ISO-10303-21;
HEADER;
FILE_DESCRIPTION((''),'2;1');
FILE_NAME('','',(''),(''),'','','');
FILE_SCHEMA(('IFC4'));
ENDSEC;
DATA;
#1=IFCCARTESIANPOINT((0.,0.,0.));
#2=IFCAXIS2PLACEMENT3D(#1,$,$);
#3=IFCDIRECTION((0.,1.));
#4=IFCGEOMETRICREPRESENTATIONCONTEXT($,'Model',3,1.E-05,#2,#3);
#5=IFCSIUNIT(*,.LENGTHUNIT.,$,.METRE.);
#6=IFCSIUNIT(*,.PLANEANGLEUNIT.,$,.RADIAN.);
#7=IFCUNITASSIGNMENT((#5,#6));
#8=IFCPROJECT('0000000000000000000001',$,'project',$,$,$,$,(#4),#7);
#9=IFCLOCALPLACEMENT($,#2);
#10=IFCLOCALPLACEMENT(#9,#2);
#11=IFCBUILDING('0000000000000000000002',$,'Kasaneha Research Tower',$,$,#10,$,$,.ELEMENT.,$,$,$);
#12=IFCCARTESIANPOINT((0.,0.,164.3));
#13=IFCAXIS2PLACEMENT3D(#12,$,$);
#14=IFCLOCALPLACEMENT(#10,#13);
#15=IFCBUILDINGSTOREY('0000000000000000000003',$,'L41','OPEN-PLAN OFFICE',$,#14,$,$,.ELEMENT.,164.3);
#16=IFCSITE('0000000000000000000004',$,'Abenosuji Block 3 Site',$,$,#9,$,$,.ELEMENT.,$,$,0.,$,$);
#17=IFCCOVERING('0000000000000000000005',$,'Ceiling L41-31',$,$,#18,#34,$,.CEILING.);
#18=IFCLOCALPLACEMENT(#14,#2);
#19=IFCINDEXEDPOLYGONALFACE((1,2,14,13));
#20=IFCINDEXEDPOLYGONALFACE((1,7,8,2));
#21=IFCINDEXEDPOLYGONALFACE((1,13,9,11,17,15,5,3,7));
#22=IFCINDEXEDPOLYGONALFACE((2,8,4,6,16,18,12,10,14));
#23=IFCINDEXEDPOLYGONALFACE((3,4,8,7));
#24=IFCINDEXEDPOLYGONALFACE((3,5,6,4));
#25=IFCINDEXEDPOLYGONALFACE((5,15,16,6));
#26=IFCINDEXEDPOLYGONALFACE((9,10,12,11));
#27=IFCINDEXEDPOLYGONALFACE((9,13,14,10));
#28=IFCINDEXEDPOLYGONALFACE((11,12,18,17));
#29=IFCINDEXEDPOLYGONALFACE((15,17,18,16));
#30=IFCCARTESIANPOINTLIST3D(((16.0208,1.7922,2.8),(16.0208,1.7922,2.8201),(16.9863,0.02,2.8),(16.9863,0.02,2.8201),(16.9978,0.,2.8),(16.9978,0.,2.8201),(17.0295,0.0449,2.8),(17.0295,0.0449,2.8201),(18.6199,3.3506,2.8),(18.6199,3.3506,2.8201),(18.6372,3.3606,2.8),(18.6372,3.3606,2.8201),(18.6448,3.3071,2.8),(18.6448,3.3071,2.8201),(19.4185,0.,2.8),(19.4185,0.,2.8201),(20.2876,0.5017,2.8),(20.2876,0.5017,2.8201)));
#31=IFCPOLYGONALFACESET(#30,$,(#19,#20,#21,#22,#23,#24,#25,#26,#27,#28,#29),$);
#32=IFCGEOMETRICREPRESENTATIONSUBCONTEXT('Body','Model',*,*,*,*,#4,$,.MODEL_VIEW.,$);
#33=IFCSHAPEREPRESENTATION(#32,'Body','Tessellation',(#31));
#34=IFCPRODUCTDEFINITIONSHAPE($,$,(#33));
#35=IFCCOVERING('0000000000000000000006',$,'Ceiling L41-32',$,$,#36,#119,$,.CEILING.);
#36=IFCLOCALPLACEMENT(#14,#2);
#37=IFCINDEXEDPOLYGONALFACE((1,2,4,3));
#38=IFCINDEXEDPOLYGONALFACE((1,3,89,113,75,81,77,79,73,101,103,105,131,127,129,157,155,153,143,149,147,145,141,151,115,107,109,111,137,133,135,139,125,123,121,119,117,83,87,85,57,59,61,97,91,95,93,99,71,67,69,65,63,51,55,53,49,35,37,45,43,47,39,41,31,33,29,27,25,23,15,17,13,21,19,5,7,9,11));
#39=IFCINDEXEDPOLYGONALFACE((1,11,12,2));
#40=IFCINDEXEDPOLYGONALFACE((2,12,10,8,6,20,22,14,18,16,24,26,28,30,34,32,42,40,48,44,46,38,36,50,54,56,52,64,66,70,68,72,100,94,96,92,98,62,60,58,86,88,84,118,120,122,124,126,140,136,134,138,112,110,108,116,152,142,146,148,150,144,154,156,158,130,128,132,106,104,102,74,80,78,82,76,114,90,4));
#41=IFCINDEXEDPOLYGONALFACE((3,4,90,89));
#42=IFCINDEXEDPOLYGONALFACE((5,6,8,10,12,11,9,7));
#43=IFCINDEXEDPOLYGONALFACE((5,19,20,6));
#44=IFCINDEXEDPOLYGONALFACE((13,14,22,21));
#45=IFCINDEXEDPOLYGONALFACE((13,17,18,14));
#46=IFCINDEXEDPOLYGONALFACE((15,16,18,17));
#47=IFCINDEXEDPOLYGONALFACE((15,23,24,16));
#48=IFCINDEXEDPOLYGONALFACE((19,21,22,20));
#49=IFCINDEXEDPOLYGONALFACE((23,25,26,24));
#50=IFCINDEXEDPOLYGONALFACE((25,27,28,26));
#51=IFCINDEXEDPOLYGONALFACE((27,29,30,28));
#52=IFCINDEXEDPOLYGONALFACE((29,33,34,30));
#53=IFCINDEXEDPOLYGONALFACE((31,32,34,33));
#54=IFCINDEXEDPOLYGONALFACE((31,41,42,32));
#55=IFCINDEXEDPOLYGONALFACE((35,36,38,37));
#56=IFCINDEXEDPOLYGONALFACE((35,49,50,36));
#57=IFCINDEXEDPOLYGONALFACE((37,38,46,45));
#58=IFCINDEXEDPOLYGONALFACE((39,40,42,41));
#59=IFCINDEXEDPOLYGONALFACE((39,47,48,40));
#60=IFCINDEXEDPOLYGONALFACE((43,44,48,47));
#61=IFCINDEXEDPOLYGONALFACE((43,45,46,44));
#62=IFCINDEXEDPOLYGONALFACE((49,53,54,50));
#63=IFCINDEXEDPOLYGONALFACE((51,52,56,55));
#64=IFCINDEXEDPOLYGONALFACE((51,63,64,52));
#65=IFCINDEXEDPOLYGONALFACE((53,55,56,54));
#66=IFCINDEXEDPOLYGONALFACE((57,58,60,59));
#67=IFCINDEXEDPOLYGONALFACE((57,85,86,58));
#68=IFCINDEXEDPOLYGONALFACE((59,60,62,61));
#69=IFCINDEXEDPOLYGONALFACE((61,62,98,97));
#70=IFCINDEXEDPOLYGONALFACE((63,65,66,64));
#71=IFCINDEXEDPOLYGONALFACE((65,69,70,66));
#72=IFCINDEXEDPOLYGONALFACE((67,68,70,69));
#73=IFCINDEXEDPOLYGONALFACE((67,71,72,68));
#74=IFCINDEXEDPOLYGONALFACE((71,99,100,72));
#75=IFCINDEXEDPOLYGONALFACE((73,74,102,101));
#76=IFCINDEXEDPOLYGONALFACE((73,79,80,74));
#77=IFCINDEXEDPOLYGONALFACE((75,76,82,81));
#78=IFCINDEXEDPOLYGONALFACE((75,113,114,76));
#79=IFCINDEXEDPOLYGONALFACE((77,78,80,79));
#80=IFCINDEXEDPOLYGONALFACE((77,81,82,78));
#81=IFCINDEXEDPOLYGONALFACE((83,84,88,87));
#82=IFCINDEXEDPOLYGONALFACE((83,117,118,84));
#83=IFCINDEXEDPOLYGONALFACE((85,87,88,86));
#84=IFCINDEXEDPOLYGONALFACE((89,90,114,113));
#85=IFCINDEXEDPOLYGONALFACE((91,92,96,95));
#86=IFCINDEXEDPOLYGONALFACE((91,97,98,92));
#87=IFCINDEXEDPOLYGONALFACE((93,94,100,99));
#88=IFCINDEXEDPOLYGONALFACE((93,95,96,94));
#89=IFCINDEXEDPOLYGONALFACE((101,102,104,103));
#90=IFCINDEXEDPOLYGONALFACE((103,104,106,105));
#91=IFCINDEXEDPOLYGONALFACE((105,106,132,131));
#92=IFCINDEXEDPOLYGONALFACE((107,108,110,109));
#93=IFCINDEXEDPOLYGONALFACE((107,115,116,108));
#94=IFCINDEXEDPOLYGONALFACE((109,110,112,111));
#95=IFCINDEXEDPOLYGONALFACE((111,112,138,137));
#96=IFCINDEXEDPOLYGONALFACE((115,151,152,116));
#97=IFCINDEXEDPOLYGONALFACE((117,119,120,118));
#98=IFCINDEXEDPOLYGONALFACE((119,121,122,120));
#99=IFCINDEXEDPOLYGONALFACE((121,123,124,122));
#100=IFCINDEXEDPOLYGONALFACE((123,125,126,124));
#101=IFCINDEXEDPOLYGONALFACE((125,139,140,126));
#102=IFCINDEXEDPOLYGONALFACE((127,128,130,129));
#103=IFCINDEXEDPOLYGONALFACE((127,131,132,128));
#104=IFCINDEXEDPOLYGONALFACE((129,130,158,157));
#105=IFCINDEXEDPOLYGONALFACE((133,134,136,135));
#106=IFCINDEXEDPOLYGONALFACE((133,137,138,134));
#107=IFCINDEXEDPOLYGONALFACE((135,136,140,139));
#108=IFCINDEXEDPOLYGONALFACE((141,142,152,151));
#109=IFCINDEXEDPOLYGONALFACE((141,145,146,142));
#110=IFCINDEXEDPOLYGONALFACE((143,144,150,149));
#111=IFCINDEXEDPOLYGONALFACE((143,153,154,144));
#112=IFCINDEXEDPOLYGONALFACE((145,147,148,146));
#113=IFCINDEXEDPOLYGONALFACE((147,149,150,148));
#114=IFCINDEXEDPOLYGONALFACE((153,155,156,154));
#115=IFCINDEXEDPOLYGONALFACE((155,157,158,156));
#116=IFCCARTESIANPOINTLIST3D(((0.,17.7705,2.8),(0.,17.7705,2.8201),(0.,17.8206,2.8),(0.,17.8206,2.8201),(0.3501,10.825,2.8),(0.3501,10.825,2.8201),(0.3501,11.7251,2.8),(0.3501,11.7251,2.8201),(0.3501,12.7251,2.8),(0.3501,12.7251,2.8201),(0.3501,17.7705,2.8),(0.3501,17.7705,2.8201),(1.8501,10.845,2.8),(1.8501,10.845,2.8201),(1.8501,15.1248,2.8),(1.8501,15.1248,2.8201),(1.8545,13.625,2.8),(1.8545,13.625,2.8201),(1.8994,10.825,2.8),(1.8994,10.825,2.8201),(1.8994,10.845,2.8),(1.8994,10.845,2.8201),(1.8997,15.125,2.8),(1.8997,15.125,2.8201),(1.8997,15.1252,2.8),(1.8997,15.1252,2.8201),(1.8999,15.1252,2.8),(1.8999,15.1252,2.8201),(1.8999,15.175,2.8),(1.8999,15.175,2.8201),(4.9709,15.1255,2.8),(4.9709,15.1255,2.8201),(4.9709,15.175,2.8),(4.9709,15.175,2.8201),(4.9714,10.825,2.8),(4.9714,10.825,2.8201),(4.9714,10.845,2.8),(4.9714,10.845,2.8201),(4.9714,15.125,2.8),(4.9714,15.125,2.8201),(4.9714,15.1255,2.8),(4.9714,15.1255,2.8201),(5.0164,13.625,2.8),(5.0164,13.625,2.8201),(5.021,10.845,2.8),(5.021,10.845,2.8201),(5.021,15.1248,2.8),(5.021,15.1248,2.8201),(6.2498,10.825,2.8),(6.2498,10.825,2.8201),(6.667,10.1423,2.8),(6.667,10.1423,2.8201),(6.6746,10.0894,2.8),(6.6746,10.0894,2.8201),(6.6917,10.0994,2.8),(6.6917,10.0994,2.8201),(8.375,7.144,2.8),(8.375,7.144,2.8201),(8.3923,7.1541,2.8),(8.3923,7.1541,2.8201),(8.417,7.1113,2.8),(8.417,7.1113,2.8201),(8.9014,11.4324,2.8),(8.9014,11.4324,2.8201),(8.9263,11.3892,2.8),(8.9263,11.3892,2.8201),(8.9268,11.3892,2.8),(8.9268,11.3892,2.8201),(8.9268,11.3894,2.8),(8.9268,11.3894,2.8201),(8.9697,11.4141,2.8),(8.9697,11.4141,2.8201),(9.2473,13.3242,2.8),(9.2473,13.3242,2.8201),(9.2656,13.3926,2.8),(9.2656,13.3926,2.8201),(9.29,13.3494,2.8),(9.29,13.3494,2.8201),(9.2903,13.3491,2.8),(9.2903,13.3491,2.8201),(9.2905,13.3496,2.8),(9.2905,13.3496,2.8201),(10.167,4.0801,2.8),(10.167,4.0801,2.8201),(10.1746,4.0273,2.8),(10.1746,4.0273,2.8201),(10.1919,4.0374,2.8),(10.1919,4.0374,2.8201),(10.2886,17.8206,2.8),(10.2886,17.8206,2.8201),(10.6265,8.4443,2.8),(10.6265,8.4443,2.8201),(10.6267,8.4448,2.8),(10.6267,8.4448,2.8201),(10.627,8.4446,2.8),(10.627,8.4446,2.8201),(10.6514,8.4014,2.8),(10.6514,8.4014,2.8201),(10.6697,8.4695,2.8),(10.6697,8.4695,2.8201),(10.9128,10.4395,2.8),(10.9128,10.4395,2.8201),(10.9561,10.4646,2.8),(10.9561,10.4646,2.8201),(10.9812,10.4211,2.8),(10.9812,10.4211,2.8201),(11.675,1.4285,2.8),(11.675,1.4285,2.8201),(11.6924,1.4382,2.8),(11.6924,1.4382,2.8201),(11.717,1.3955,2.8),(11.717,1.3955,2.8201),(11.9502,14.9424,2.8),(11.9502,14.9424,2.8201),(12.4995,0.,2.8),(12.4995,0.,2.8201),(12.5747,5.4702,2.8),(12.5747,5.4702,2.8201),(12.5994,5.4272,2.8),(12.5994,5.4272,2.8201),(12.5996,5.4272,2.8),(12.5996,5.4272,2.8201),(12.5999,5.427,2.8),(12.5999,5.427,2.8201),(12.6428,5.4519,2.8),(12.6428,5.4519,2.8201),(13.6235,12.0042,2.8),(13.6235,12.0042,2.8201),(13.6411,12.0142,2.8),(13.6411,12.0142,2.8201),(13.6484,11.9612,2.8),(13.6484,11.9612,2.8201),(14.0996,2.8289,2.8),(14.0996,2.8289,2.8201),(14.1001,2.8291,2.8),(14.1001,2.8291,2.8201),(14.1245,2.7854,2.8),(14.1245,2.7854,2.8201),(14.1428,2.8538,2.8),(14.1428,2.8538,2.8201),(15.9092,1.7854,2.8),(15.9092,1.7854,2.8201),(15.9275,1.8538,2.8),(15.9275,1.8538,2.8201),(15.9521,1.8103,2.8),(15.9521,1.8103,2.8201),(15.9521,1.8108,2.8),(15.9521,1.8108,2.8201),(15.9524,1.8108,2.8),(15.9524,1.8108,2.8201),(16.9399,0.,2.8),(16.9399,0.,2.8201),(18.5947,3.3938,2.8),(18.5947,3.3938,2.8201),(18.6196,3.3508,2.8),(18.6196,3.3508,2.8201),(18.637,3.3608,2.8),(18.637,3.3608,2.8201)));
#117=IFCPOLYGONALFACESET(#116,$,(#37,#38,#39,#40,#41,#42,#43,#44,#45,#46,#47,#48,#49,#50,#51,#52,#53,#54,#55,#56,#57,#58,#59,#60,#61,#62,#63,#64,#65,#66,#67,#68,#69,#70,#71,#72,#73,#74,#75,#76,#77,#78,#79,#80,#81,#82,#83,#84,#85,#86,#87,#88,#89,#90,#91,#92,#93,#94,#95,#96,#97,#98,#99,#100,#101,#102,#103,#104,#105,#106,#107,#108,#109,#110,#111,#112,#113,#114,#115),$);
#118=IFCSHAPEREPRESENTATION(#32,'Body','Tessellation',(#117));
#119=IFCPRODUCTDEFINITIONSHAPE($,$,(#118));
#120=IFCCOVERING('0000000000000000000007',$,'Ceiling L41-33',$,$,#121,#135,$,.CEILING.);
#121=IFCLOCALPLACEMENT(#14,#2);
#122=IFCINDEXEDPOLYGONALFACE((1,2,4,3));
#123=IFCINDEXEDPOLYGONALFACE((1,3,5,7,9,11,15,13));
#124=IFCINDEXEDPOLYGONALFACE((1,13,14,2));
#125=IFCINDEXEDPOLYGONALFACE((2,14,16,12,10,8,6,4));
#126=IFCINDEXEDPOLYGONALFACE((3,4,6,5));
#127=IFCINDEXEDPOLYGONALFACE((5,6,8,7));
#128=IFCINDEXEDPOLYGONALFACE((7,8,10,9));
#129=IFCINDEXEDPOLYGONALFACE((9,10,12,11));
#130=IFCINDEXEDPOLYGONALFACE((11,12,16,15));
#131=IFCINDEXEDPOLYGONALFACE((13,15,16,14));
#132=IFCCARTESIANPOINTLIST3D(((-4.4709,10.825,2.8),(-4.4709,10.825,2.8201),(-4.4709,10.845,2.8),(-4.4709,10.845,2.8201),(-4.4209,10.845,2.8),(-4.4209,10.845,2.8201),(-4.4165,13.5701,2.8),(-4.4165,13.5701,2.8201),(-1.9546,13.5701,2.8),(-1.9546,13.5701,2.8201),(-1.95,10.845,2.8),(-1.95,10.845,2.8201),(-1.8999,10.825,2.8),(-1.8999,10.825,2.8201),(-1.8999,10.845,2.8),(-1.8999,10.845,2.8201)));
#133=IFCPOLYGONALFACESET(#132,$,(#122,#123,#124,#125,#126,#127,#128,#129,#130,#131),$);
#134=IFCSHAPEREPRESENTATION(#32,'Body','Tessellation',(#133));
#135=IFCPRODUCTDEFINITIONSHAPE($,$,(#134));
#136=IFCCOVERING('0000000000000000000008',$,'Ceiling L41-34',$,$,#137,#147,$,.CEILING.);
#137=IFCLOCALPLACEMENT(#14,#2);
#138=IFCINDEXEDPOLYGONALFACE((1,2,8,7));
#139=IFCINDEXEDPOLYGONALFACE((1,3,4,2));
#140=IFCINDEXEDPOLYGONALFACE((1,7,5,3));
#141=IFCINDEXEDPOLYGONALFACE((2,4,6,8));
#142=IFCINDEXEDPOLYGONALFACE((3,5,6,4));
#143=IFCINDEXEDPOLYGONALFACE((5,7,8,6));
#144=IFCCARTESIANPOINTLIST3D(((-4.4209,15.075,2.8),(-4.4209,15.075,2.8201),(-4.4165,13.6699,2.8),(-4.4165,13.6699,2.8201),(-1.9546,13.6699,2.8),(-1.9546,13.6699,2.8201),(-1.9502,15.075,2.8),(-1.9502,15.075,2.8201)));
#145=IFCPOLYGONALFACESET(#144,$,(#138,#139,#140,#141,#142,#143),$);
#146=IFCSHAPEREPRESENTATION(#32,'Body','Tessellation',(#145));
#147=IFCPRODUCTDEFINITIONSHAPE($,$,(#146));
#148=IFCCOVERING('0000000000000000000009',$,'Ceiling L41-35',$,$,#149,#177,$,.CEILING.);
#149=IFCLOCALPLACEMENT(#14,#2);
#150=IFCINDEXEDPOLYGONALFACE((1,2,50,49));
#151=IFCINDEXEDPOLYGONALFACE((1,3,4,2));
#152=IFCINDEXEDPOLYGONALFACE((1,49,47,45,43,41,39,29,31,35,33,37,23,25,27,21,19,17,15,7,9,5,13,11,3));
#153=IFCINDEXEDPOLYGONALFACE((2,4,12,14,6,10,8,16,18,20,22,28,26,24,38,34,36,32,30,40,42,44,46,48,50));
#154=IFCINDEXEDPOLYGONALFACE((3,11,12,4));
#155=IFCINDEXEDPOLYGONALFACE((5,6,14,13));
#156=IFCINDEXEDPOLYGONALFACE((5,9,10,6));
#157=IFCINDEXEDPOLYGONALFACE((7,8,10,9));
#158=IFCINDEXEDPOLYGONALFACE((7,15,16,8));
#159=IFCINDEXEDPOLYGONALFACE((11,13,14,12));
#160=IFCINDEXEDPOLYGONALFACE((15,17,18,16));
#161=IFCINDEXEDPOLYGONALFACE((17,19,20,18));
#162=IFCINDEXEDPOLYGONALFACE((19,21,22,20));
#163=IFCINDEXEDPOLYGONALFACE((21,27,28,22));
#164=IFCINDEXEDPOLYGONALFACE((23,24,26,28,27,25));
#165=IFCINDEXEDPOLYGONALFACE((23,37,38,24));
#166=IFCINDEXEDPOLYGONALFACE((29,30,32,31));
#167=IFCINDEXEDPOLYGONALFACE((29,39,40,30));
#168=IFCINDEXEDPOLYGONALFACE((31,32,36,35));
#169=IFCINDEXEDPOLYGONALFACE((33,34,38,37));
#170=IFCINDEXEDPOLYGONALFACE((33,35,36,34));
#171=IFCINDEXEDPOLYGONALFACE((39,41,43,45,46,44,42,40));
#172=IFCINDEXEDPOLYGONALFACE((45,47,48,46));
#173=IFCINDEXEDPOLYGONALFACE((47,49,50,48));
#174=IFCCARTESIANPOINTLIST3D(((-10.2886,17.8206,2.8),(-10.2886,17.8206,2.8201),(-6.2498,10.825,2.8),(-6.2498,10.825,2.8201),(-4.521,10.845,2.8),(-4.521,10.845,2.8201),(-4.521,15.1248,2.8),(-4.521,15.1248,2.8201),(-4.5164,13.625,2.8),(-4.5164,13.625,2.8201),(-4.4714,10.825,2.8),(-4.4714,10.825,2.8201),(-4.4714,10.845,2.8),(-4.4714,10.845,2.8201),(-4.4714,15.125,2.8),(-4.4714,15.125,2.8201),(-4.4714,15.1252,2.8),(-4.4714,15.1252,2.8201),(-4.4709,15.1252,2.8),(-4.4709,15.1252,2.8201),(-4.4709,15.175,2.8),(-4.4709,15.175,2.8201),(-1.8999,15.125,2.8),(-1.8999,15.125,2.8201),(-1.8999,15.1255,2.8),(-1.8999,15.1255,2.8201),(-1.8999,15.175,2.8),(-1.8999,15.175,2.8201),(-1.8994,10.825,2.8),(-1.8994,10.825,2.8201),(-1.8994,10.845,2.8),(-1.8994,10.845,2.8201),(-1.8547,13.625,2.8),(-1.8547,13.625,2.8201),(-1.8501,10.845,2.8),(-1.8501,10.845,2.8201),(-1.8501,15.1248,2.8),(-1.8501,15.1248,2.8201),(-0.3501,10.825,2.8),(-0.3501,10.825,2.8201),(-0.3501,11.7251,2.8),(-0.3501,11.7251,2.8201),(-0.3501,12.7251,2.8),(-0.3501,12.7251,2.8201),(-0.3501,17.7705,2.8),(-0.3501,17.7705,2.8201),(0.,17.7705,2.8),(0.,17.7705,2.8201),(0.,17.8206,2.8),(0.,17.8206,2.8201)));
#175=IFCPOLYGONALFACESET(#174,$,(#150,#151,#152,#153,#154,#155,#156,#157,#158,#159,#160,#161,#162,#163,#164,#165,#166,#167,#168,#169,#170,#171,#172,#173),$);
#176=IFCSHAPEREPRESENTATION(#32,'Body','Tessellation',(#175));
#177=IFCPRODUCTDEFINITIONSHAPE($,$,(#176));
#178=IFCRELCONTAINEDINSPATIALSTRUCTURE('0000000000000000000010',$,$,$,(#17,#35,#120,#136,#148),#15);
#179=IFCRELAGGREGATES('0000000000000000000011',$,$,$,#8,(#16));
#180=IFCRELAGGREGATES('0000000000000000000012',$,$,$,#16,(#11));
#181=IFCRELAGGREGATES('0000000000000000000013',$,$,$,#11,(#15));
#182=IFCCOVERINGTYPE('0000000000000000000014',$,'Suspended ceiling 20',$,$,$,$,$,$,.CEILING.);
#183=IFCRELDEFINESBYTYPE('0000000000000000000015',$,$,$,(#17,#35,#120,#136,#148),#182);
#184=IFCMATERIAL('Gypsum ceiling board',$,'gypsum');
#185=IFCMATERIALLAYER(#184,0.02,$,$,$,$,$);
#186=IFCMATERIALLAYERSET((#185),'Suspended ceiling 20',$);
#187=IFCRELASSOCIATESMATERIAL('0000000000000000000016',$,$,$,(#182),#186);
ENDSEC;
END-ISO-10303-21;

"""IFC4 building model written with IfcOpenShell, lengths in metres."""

from ifc_helpers import new_model, si_unit, direction, frame, origin, place, context, subcontext, project, spatial, polyline, outline, extrude, material, layer, layer_set, type_object, element, save


model = new_model("IFC4")

# Units and contexts
model_context = context("Model", 3, precision=1e-05, world=origin(), true_north=direction((0.0, 1.0)))
body_context = subcontext(model_context, "Body", "Model", "MODEL_VIEW")
ifc_project = project(units=[si_unit("LENGTHUNIT", "METRE"), si_unit("PLANEANGLEUNIT", "RADIAN")], contexts=[model_context])

# Site, building, storey
site_placement = place(None, origin())
site = spatial("IfcSite", under=ifc_project, at=site_placement, Name="Abenosuji Block 3 Site", CompositionType="ELEMENT", RefElevation=0.0)
building_placement = place(site_placement, origin())
building = spatial("IfcBuilding", under=site, at=building_placement, Name="Kasaneha Research Tower", CompositionType="ELEMENT")
storey_placement = place(building_placement, frame((0.0, 0.0, 164.3)))
storey = spatial("IfcBuildingStorey", under=building, at=storey_placement, Name="L41", Description="OPEN-PLAN OFFICE", CompositionType="ELEMENT", Elevation=164.3)

# Coverings
ifc_material_1 = material(Name="Gypsum ceiling board", Category="gypsum")
ifc_layer_1 = layer(ifc_material_1, 0.02)
ifc_layer_set_1 = layer_set([ifc_layer_1], Name="Suspended ceiling 20")
covering_type_1 = type_object("IfcCoveringType", Name="Suspended ceiling 20", PredefinedType="CEILING", material=ifc_layer_set_1)
covering_1_placement = place(storey_placement, frame((0.0, 0.0, 2.8)))
element("IfcCovering", 1, at=covering_1_placement, inside=storey, type_object=covering_type_1, Name="Ceiling L41-31", PredefinedType="CEILING", context=body_context, shape_type="SweptSolid", body=[
    extrude(outline(polyline([(19.4185, 0.0), (16.9978, 0.0), (16.9863, 0.02), (17.0295, 0.0449), (16.0208, 1.7922), (18.6448, 3.3071), (18.6199, 3.3506), (18.6372, 3.3606), (20.2876, 0.5017), (19.4185, 0.0)])), origin(), (0.0, 0.0, 1.0), 0.02),
])
covering_2_placement = place(storey_placement, frame((0.0, 0.0, 2.8)))
element("IfcCovering", 2, at=covering_2_placement, inside=storey, type_object=covering_type_1, Name="Ceiling L41-32", PredefinedType="CEILING", context=body_context, shape_type="SweptSolid", body=[
    extrude(outline(polyline([(11.6924, 1.4382), (11.717, 1.3955), (14.1245, 2.7854), (14.0996, 2.8289), (14.1001, 2.8291), (14.1001, 2.8291), (14.1428, 2.8538), (12.6428, 5.4519), (12.5999, 5.427), (12.5996, 5.4272), (12.5994, 5.4272), (12.5747, 5.4702), (10.167, 4.0801), (10.1919, 4.0374), (10.1746, 4.0273), (8.375, 7.144), (8.3923, 7.1541), (8.417, 7.1113), (10.6514, 8.4014), (10.6265, 8.4443), (10.627, 8.4446), (10.6267, 8.4448), (10.6697, 8.4695), (8.9697, 11.4141), (8.9268, 11.3892), (8.9268, 11.3894), (8.9263, 11.3892), (8.9014, 11.4324), (6.667, 10.1423), (6.6917, 10.0994), (6.6746, 10.0894), (6.2498, 10.825), (4.9714, 10.825), (4.9714, 10.845), (5.021, 10.845), (5.0164, 13.625), (5.021, 15.1248), (4.9714, 15.125), (4.9714, 15.1255), (4.9709, 15.1255), (4.9709, 15.175), (1.8999, 15.175), (1.8999, 15.1252), (1.8997, 15.1252), (1.8997, 15.125), (1.8501, 15.1248), (1.8545, 13.625), (1.8501, 10.845), (1.8994, 10.845), (1.8994, 10.825), (0.3501, 10.825), (0.3501, 11.7251), (0.3501, 12.7251), (0.3501, 17.7705), (0.3501, 17.7705), (0.0, 17.7705), (0.0, 17.8206), (10.2886, 17.8206), (11.9502, 14.9424), (9.2656, 13.3926), (9.2905, 13.3496), (9.29, 13.3494), (9.2903, 13.3491), (9.2473, 13.3242), (10.9128, 10.4395), (10.9561, 10.4646), (10.9812, 10.4211), (13.6484, 11.9612), (13.6235, 12.0042), (13.6411, 12.0142), (18.637, 3.3608), (18.6196, 3.3508), (18.5947, 3.3938), (15.9275, 1.8538), (15.9524, 1.8108), (15.9521, 1.8108), (15.9521, 1.8103), (15.9092, 1.7854), (16.9399, 0.0), (12.4995, 0.0), (11.675, 1.4285), (11.6924, 1.4382)])), origin(), (0.0, 0.0, 1.0), 0.02),
])
covering_3_placement = place(storey_placement, frame((0.0, 0.0, 2.8)))
element("IfcCovering", 3, at=covering_3_placement, inside=storey, type_object=covering_type_1, Name="Ceiling L41-33", PredefinedType="CEILING", context=body_context, shape_type="SweptSolid", body=[
    extrude(outline(polyline([(-4.4709, 10.825), (-4.4709, 10.845), (-4.4209, 10.845), (-4.4165, 13.5701), (-1.9546, 13.5701), (-1.95, 10.845), (-1.8999, 10.845), (-1.8999, 10.825), (-4.4709, 10.825)])), origin(), (0.0, 0.0, 1.0), 0.02),
])
covering_4_placement = place(storey_placement, frame((0.0, 0.0, 2.8)))
element("IfcCovering", 4, at=covering_4_placement, inside=storey, type_object=covering_type_1, Name="Ceiling L41-34", PredefinedType="CEILING", context=body_context, shape_type="SweptSolid", body=[
    extrude(outline(polyline([(-1.9502, 15.075), (-1.9546, 13.6699), (-4.4165, 13.6699), (-4.4209, 15.075), (-1.9502, 15.075)])), origin(), (0.0, 0.0, 1.0), 0.02),
])
covering_5_placement = place(storey_placement, frame((0.0, 0.0, 2.8)))
element("IfcCovering", 5, at=covering_5_placement, inside=storey, type_object=covering_type_1, Name="Ceiling L41-35", PredefinedType="CEILING", context=body_context, shape_type="SweptSolid", body=[
    extrude(outline(polyline([(-0.3501, 11.7251), (-0.3501, 10.825), (-1.8994, 10.825), (-1.8994, 10.845), (-1.8501, 10.845), (-1.8547, 13.625), (-1.8501, 15.1248), (-1.8999, 15.125), (-1.8999, 15.1255), (-1.8999, 15.175), (-4.4709, 15.175), (-4.4709, 15.1252), (-4.4714, 15.1252), (-4.4714, 15.125), (-4.521, 15.1248), (-4.5164, 13.625), (-4.521, 10.845), (-4.4714, 10.845), (-4.4714, 10.825), (-6.2498, 10.825), (-10.2886, 17.8206), (0.0, 17.8206), (0.0, 17.7705), (-0.3501, 17.7705), (-0.3501, 17.7705), (-0.3501, 12.7251), (-0.3501, 11.7251)])), origin(), (0.0, 0.0, 1.0), 0.02),
])

save(model, "model.ifc")
